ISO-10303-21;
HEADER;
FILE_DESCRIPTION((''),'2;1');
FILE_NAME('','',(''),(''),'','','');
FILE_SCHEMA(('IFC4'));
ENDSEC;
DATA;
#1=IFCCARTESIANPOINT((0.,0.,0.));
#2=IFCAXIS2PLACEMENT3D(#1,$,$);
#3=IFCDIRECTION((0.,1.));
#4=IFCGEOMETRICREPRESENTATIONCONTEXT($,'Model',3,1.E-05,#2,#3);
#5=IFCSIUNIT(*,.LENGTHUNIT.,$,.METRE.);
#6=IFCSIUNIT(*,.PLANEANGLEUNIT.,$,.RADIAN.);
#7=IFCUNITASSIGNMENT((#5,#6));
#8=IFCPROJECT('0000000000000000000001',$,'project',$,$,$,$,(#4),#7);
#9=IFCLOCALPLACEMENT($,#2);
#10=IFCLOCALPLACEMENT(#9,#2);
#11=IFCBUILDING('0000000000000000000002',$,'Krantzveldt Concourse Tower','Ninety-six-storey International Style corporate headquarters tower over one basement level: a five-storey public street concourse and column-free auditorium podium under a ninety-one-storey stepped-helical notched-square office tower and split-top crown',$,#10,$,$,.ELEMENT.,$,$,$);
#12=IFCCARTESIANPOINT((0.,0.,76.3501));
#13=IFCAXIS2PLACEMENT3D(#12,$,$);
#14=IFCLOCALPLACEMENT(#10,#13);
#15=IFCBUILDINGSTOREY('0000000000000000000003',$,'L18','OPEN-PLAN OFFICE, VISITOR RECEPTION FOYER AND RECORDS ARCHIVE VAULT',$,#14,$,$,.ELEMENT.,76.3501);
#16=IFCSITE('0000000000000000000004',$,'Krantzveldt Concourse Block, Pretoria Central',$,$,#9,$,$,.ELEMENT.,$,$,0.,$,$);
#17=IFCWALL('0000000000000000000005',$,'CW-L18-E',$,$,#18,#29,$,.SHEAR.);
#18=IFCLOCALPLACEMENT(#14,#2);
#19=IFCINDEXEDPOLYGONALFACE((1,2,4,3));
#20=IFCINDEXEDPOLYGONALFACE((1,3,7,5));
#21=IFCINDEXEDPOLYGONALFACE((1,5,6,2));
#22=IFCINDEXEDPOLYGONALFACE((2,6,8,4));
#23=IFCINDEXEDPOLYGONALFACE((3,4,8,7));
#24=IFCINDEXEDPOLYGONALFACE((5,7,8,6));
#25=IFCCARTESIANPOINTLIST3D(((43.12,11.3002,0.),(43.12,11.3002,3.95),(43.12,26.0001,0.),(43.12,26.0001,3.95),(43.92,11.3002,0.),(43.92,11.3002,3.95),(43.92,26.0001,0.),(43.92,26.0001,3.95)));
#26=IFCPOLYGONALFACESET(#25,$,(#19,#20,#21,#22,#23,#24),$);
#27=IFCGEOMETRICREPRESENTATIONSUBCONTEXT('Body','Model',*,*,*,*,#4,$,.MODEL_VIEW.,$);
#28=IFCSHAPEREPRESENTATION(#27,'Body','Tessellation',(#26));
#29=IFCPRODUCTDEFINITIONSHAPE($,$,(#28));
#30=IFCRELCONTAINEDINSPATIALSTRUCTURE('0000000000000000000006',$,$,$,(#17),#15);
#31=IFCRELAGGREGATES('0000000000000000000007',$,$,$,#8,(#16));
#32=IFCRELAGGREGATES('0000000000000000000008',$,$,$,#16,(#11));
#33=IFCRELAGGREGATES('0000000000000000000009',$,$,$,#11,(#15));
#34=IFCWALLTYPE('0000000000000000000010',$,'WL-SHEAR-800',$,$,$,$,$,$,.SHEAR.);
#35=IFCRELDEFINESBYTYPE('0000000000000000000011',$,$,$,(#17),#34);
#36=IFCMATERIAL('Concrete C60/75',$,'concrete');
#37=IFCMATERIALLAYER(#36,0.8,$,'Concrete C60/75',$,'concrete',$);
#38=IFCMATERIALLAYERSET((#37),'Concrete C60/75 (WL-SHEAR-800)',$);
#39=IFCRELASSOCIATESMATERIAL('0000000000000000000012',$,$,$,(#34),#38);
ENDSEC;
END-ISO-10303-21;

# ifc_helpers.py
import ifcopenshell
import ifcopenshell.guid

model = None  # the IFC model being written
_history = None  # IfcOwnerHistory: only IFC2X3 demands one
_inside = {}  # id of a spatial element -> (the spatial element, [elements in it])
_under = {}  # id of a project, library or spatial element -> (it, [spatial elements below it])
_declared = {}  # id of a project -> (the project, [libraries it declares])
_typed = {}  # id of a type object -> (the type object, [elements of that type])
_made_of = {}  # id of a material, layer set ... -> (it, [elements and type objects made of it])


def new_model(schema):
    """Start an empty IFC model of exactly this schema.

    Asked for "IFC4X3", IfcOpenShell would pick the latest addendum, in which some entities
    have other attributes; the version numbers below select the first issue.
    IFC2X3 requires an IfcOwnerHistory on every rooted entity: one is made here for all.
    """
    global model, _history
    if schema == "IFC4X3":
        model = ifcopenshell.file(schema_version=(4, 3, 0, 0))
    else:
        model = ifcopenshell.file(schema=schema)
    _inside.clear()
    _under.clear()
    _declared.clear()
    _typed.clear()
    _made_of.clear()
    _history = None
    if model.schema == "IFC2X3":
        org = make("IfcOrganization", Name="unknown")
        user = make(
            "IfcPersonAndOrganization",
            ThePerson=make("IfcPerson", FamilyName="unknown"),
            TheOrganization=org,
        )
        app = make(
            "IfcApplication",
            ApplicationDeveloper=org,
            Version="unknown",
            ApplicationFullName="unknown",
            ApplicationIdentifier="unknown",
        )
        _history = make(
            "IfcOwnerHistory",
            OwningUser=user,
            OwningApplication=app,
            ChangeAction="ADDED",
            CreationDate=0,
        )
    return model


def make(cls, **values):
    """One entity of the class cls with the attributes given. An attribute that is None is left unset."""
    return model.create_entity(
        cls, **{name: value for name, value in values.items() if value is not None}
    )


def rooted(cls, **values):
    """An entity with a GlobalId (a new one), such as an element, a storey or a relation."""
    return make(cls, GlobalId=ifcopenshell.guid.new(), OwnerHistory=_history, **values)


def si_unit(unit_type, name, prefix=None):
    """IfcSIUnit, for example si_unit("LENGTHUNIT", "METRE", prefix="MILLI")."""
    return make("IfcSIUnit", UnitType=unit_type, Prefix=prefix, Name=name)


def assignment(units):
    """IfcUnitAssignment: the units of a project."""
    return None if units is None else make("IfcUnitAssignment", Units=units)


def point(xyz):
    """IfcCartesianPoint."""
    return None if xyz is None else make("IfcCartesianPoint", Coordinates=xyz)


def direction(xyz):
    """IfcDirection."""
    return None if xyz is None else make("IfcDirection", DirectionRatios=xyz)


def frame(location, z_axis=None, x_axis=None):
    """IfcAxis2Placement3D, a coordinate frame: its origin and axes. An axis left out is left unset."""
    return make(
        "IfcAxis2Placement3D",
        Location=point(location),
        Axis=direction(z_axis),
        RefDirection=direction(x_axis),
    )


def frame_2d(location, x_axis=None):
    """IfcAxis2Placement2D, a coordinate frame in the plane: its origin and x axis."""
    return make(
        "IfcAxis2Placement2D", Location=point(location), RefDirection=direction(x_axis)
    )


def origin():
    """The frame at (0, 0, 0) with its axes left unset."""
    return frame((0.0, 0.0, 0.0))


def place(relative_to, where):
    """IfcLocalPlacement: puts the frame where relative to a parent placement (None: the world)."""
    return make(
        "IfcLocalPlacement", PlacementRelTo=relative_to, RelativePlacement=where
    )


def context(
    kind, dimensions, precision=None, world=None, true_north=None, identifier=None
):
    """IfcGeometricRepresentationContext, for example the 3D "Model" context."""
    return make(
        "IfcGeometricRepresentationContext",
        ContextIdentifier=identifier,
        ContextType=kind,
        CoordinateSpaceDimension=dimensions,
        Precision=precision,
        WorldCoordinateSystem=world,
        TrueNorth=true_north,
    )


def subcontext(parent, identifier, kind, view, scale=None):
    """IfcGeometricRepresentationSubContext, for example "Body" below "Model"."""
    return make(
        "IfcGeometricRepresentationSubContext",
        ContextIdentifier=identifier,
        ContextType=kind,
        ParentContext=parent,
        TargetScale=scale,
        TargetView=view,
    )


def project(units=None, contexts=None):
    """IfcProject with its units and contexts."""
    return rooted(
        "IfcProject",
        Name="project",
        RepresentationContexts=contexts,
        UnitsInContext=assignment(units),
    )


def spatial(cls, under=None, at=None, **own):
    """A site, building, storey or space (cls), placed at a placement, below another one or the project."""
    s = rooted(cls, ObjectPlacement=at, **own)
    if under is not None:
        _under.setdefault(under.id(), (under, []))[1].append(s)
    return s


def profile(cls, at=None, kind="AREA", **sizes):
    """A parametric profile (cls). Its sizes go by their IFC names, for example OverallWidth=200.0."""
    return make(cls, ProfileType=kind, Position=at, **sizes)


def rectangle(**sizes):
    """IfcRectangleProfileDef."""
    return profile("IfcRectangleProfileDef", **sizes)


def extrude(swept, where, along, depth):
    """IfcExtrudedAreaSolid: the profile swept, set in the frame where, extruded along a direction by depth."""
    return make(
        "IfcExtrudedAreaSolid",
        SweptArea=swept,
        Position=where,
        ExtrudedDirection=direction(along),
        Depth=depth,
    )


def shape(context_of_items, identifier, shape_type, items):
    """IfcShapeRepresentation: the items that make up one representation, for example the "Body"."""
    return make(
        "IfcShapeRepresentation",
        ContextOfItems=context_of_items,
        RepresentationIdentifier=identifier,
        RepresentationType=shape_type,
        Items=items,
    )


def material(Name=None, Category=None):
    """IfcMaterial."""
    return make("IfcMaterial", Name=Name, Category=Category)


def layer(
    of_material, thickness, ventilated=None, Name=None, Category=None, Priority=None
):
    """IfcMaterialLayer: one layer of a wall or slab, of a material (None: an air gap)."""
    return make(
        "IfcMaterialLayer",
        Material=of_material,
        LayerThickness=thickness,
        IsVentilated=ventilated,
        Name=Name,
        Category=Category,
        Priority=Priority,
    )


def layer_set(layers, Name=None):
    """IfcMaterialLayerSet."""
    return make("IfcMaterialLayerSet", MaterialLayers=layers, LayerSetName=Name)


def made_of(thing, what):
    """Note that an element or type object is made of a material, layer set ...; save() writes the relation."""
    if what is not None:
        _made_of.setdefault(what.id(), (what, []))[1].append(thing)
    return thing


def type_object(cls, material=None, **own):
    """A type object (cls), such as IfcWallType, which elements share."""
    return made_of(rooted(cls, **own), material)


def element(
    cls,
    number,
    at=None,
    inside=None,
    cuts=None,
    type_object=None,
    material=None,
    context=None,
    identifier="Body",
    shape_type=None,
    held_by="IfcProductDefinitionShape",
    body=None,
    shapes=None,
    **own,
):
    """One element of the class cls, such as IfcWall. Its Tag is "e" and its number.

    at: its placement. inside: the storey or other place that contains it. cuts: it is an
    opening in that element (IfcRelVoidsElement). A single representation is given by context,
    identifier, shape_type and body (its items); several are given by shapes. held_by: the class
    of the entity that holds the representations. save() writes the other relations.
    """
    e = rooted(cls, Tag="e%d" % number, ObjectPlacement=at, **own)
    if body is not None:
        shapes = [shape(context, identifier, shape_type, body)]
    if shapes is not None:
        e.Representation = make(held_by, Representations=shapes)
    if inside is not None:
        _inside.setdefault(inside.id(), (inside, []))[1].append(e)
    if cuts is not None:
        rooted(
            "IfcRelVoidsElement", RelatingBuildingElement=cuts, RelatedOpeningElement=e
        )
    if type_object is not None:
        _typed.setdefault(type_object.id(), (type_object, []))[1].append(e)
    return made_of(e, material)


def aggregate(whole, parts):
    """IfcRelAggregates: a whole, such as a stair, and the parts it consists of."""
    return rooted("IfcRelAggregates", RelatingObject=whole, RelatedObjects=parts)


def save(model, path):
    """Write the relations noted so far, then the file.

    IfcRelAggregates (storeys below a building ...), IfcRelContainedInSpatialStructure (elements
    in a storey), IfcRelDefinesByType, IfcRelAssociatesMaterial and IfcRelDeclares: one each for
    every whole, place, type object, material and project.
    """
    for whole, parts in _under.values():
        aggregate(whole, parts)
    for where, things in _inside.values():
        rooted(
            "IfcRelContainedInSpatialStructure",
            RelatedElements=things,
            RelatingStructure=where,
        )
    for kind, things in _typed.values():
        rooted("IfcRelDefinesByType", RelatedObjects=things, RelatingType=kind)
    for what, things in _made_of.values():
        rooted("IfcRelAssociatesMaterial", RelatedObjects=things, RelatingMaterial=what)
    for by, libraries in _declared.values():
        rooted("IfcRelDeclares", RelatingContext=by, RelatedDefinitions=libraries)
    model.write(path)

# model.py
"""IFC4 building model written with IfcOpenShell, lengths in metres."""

from ifc_helpers import new_model, si_unit, direction, frame, frame_2d, origin, place, context, subcontext, project, spatial, rectangle, extrude, material, layer, layer_set, type_object, element, save


model = new_model("IFC4")

# Units and contexts
model_context = context("Model", 3, precision=1e-05, world=origin(), true_north=direction((0.0, 1.0)))
body_context = subcontext(model_context, "Body", "Model", "MODEL_VIEW")
ifc_project = project(units=[si_unit("LENGTHUNIT", "METRE"), si_unit("PLANEANGLEUNIT", "RADIAN")], contexts=[model_context])

# Site, building, storey
site_placement = place(None, origin())
site = spatial("IfcSite", under=ifc_project, at=site_placement, Name="Krantzveldt Concourse Block, Pretoria Central", CompositionType="ELEMENT", RefElevation=0.0)
building_placement = place(site_placement, origin())
building = spatial("IfcBuilding", under=site, at=building_placement, Name="Krantzveldt Concourse Tower", Description="Ninety-six-storey International Style corporate headquarters tower over one basement level: a five-storey public street concourse and column-free auditorium podium under a ninety-one-storey stepped-helical notched-square office tower and split-top crown", CompositionType="ELEMENT")
storey_placement = place(building_placement, frame((0.0, 0.0, 76.3501)))
storey = spatial("IfcBuildingStorey", under=building, at=storey_placement, Name="L18", Description="OPEN-PLAN OFFICE, VISITOR RECEPTION FOYER AND RECORDS ARCHIVE VAULT", CompositionType="ELEMENT", Elevation=76.3501)

# Shared definitions
ifc_material_1 = material(Name="Concrete C60/75", Category="concrete")

# Wall
ifc_layer_1 = layer(ifc_material_1, 0.8, Name="Concrete C60/75", Category="concrete")
ifc_layer_set_1 = layer_set([ifc_layer_1], Name="Concrete C60/75 (WL-SHEAR-800)")
wall_type_1 = type_object("IfcWallType", Name="WL-SHEAR-800", PredefinedType="SHEAR", material=ifc_layer_set_1)
wall_1_placement = place(storey_placement, frame((43.52, 11.3, 0.0), z_axis=(0.0, 0.0, 1.0), x_axis=(0.0, 1.0, 0.0)))
element("IfcWall", 1, at=wall_1_placement, inside=storey, type_object=wall_type_1, Name="CW-L18-E", PredefinedType="SHEAR", context=body_context, shape_type="SweptSolid", body=[
    extrude(rectangle(XDim=14.7, YDim=0.8, at=frame_2d((7.3501, 0.0))), origin(), (0.0, 0.0, 1.0), 3.95),
])

save(model, "model.ifc")
